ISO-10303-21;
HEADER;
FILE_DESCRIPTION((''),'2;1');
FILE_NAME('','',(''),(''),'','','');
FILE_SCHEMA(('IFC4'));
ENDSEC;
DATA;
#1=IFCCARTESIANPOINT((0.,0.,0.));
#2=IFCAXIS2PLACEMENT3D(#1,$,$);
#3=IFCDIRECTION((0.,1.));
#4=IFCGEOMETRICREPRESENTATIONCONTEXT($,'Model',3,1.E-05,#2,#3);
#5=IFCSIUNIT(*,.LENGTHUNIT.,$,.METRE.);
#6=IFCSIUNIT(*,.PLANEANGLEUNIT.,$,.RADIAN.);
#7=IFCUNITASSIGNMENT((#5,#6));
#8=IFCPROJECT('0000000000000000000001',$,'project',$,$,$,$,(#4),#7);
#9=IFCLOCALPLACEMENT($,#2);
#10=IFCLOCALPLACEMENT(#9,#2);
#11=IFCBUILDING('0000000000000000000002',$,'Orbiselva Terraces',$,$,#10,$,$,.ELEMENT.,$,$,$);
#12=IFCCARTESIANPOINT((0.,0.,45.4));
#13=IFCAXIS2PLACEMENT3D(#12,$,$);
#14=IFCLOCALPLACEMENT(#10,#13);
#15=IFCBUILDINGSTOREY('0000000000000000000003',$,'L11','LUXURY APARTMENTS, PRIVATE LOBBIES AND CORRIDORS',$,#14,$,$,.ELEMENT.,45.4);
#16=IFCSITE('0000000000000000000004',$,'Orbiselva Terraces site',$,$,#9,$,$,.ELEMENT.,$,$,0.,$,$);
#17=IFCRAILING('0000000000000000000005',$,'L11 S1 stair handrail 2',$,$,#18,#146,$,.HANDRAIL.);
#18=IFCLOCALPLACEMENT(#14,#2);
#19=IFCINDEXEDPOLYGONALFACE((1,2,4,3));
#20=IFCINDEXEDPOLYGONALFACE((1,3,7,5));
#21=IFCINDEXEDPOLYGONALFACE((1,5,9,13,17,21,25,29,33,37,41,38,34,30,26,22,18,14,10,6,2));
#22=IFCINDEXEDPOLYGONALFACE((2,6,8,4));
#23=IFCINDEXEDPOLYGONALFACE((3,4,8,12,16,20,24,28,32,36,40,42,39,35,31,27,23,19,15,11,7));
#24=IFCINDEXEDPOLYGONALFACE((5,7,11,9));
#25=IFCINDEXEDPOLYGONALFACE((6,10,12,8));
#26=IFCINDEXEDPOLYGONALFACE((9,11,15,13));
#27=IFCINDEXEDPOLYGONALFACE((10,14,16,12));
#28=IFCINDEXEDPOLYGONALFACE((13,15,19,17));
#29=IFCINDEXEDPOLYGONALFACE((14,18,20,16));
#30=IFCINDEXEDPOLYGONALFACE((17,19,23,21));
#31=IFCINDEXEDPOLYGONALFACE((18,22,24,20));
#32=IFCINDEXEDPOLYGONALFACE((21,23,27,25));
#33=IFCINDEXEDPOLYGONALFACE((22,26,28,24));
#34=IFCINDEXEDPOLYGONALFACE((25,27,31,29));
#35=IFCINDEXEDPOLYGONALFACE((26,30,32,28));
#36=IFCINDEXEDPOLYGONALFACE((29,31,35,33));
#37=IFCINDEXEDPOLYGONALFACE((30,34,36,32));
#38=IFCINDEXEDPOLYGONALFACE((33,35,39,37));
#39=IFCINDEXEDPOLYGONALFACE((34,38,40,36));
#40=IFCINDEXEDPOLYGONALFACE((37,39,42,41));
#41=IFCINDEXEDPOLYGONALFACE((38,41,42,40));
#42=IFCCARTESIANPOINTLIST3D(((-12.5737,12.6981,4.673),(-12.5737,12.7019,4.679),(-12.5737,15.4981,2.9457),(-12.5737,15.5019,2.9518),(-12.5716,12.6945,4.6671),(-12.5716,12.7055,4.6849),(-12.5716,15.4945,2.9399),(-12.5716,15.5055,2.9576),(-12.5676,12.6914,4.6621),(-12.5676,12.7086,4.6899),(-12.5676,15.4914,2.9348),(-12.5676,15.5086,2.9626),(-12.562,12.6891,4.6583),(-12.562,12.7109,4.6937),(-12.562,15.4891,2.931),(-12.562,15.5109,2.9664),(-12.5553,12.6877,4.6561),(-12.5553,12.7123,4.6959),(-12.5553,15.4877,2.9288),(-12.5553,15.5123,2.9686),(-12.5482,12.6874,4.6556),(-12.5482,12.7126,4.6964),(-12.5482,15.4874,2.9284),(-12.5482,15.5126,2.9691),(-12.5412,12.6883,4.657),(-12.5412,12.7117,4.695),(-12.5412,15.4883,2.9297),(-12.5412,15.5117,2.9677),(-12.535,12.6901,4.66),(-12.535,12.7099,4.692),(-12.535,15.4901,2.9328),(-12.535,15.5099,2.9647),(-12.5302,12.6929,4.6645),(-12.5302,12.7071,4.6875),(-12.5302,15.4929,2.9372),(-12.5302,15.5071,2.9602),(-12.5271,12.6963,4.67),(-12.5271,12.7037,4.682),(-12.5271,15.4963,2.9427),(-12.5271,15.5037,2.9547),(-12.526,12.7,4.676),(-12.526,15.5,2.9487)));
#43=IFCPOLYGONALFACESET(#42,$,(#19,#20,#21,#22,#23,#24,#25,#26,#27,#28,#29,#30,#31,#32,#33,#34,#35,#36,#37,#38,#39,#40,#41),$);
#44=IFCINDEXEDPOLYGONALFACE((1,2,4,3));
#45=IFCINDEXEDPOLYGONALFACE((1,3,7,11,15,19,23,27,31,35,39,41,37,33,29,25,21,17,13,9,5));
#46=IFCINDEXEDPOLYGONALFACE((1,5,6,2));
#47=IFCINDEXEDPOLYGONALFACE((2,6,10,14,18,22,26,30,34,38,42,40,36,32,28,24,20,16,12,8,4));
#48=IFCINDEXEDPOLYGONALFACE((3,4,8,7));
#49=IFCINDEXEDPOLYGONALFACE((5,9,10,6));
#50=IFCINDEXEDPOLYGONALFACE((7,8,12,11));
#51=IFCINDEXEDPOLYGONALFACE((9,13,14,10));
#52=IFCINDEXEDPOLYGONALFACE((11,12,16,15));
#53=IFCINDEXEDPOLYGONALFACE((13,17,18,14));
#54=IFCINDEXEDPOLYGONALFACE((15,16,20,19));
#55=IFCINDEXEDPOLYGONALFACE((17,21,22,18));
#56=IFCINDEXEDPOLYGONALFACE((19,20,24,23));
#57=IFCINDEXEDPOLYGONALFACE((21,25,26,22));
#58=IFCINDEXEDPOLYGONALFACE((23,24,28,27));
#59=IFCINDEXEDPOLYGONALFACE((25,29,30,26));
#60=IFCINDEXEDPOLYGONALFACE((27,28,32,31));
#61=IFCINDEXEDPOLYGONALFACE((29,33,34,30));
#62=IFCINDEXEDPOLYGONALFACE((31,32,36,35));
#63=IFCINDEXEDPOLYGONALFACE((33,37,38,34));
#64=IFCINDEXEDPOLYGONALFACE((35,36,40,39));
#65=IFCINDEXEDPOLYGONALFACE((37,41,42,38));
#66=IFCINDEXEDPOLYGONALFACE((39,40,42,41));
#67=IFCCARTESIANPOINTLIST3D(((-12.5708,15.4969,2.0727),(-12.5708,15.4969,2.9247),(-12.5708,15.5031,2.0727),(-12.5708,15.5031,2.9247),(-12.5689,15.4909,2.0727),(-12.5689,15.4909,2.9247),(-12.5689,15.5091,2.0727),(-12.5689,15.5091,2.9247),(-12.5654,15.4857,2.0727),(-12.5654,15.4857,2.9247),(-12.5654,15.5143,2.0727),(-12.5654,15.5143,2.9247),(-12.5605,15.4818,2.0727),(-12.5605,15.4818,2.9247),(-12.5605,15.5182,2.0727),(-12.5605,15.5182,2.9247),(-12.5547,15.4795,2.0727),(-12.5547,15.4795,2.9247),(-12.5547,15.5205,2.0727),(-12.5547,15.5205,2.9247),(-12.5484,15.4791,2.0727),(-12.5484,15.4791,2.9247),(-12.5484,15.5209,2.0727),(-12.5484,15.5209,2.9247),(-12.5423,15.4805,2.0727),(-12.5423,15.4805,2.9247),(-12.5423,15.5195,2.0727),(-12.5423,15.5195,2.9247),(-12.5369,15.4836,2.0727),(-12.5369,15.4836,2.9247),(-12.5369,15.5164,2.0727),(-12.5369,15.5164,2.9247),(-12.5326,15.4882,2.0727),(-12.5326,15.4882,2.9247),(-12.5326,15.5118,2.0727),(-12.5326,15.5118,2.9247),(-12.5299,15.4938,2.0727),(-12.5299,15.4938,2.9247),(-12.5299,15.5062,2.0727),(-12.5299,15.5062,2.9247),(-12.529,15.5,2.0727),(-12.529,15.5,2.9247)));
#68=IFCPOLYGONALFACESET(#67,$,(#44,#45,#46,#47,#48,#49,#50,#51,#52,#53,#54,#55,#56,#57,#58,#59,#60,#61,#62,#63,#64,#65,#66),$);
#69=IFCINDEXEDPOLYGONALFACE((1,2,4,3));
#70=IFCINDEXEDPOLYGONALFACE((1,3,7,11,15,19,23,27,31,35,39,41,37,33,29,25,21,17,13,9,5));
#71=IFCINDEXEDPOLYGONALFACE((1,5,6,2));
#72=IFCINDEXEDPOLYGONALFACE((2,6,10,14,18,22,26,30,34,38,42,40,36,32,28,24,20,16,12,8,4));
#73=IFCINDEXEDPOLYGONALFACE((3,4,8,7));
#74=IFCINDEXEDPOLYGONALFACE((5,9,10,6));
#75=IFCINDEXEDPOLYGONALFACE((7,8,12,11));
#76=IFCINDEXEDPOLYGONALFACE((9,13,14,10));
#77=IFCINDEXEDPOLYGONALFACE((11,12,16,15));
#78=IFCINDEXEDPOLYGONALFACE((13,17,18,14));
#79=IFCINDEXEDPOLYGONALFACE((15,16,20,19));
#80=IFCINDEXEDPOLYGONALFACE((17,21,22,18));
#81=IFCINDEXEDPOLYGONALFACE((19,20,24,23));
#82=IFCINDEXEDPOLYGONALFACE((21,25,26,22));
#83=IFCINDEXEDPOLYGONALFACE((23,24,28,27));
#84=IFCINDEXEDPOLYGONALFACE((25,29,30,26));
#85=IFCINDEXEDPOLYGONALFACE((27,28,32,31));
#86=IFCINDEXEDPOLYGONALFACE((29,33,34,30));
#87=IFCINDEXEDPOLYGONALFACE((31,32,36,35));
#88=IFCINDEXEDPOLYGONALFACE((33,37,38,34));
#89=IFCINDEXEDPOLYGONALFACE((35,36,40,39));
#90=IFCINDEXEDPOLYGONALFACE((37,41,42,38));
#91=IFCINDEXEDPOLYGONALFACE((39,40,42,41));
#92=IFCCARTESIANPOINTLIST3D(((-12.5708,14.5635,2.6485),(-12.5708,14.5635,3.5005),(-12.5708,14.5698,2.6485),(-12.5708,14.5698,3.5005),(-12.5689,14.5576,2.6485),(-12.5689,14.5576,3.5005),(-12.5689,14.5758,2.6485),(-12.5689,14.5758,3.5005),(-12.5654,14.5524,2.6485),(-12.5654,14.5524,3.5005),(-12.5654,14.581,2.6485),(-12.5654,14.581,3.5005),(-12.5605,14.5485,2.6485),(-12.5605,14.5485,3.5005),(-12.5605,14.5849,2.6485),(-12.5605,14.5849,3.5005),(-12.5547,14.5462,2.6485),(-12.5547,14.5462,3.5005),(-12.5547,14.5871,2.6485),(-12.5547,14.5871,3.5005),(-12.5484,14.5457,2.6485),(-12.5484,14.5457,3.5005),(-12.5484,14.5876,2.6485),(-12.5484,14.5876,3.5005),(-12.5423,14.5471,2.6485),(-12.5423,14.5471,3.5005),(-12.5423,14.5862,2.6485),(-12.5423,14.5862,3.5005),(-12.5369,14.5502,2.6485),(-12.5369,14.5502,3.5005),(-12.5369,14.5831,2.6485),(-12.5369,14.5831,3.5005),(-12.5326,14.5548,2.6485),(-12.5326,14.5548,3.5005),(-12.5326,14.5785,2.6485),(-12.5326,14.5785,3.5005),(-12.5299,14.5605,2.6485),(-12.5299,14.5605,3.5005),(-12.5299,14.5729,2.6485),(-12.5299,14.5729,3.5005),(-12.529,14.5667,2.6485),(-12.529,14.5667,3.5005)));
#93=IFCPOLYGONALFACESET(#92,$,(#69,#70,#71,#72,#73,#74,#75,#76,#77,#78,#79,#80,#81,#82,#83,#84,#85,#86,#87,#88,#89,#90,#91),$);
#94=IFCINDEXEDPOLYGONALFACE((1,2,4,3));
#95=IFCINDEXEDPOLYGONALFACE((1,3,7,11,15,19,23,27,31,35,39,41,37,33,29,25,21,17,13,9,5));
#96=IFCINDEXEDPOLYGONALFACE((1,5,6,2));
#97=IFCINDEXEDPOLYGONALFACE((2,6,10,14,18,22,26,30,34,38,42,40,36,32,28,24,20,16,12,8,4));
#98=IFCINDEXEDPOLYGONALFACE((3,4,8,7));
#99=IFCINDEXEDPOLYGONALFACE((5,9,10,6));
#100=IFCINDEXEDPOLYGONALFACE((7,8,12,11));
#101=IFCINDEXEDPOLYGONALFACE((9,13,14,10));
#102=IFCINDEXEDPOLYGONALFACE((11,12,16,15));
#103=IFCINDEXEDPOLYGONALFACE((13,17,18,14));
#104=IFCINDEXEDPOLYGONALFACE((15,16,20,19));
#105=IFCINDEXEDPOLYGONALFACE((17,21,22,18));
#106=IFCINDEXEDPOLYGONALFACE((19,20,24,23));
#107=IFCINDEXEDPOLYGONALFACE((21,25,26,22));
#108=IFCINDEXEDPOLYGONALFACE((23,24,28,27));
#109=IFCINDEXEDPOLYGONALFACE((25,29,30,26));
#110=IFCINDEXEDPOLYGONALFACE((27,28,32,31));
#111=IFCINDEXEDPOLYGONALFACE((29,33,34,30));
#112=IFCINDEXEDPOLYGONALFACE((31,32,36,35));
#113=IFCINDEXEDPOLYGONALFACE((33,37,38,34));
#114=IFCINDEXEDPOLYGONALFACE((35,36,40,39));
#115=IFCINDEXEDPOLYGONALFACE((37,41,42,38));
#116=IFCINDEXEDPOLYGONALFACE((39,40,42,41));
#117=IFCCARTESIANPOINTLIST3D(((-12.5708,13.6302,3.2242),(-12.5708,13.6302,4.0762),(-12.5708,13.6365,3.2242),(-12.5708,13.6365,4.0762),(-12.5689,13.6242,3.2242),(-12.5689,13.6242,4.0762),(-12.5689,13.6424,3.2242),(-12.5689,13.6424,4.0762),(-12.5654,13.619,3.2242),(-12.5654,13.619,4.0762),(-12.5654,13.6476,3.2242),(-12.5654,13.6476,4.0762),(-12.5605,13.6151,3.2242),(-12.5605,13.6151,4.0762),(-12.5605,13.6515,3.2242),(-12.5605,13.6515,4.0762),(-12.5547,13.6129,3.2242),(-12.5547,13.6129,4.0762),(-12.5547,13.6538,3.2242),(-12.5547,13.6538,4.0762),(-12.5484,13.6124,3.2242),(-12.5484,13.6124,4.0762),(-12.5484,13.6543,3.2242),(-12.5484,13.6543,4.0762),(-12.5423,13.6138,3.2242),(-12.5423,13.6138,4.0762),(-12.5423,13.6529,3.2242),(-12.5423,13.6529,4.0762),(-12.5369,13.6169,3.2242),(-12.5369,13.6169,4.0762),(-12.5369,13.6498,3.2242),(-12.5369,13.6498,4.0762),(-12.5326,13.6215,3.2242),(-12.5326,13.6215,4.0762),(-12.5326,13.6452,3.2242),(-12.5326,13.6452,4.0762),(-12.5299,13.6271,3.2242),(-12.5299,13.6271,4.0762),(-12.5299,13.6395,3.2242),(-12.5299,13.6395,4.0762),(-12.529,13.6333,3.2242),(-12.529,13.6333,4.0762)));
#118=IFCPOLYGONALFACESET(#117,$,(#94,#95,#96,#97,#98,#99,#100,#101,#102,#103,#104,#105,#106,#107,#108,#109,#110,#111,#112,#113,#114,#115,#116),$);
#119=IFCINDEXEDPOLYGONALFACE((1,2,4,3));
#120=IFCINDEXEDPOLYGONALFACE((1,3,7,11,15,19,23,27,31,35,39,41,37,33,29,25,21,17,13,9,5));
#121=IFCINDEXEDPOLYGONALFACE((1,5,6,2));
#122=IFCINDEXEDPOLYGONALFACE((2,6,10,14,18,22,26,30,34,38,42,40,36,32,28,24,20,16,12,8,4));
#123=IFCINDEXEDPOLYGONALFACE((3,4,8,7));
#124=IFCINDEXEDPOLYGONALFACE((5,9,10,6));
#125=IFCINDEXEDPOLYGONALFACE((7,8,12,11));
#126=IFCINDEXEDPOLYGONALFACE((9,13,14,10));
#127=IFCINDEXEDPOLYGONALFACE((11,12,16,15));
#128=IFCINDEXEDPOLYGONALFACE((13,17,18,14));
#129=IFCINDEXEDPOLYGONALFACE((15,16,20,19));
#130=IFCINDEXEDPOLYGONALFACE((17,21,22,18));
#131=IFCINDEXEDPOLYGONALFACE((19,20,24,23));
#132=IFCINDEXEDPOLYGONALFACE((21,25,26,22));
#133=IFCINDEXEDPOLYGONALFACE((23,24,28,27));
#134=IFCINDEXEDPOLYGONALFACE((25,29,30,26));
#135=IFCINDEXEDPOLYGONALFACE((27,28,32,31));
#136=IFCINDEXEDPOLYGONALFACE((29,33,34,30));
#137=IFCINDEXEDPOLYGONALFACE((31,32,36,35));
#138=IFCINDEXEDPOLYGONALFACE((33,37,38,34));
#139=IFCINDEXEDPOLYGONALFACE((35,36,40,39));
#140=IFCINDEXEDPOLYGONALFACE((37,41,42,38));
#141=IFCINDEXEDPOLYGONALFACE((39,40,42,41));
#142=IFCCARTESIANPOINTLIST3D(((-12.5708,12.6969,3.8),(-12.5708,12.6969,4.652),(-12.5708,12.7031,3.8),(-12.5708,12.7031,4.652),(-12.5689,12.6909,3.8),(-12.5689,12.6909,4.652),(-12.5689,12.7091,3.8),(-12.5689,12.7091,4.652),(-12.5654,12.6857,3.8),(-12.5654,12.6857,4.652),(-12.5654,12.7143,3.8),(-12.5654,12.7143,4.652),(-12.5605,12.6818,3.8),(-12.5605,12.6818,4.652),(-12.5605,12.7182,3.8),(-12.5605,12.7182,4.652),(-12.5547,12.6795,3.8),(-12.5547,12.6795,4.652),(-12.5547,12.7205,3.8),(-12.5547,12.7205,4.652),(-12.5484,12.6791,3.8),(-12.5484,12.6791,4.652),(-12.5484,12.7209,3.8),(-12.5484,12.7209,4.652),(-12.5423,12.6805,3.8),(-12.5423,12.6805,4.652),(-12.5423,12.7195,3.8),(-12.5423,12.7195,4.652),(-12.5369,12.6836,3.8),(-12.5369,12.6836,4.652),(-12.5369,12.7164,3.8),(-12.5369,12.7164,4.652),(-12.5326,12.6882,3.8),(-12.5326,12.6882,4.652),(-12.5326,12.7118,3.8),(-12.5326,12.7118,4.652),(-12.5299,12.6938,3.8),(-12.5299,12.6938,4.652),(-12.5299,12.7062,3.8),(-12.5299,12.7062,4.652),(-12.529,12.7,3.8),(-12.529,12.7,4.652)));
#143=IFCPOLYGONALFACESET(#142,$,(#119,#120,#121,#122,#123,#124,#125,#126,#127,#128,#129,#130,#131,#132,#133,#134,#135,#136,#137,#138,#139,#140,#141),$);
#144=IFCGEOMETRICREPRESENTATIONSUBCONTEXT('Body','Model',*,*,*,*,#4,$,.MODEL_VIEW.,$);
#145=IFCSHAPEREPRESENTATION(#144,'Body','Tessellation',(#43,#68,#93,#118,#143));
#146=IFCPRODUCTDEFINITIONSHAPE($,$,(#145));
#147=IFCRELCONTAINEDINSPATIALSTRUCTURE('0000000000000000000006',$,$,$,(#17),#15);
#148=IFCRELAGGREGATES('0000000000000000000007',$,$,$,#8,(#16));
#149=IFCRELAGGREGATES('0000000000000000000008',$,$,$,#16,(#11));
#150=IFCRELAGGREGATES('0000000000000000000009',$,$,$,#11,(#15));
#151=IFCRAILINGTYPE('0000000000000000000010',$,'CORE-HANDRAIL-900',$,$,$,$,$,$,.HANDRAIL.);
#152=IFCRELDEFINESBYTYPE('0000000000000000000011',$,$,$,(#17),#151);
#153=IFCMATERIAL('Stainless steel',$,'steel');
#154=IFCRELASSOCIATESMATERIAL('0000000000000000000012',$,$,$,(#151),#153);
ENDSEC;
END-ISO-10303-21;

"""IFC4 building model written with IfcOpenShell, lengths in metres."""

from ifc_helpers import new_model, si_unit, direction, frame, origin, origin_2d, place, context, subcontext, project, spatial, circle, extrude, material, type_object, element, save


model = new_model("IFC4")

# Units and contexts
model_context = context("Model", 3, precision=1e-05, world=origin(), true_north=direction((0.0, 1.0)))
body_context = subcontext(model_context, "Body", "Model", "MODEL_VIEW")
ifc_project = project(units=[si_unit("LENGTHUNIT", "METRE"), si_unit("PLANEANGLEUNIT", "RADIAN")], contexts=[model_context])

# Site, building, storey
site_placement = place(None, origin())
site = spatial("IfcSite", under=ifc_project, at=site_placement, Name="Orbiselva Terraces site", CompositionType="ELEMENT", RefElevation=0.0)
building_placement = place(site_placement, origin())
building = spatial("IfcBuilding", under=site, at=building_placement, Name="Orbiselva Terraces", CompositionType="ELEMENT")
storey_placement = place(building_placement, frame((0.0, 0.0, 45.4)))
storey = spatial("IfcBuildingStorey", under=building, at=storey_placement, Name="L11", Description="LUXURY APARTMENTS, PRIVATE LOBBIES AND CORRIDORS", CompositionType="ELEMENT", Elevation=45.4)

# Railing
ifc_material_1 = material(Name="Stainless steel", Category="steel")
railing_type_1 = type_object("IfcRailingType", Name="CORE-HANDRAIL-900", PredefinedType="HANDRAIL", material=ifc_material_1)
railing_1_placement = place(storey_placement, frame((-12.55, 15.5, 2.0727)))
element("IfcRailing", 1, at=railing_1_placement, inside=storey, type_object=railing_type_1, Name="L11 S1 stair handrail 2", PredefinedType="HANDRAIL", context=body_context, shape_type="SweptSolid", body=[
    extrude(circle(Radius=0.024, at=origin_2d()), frame((0.0, 0.0, 0.876), z_axis=(0.0, -0.851089, 0.525022), x_axis=(1.0, 0.0, 0.0)), (0.0, 0.0, 1.0), 3.2899),
    extrude(circle(Radius=0.021, at=origin_2d()), origin(), (0.0, 0.0, 1.0), 0.852),
    extrude(circle(Radius=0.021, at=origin_2d()), frame((0.0, -0.9333, 0.5758)), (0.0, 0.0, 1.0), 0.852),
    extrude(circle(Radius=0.021, at=origin_2d()), frame((0.0, -1.8667, 1.1515)), (0.0, 0.0, 1.0), 0.852),
    extrude(circle(Radius=0.021, at=origin_2d()), frame((0.0, -2.8, 1.7273)), (0.0, 0.0, 1.0), 0.852),
])

save(model, "model.ifc")
